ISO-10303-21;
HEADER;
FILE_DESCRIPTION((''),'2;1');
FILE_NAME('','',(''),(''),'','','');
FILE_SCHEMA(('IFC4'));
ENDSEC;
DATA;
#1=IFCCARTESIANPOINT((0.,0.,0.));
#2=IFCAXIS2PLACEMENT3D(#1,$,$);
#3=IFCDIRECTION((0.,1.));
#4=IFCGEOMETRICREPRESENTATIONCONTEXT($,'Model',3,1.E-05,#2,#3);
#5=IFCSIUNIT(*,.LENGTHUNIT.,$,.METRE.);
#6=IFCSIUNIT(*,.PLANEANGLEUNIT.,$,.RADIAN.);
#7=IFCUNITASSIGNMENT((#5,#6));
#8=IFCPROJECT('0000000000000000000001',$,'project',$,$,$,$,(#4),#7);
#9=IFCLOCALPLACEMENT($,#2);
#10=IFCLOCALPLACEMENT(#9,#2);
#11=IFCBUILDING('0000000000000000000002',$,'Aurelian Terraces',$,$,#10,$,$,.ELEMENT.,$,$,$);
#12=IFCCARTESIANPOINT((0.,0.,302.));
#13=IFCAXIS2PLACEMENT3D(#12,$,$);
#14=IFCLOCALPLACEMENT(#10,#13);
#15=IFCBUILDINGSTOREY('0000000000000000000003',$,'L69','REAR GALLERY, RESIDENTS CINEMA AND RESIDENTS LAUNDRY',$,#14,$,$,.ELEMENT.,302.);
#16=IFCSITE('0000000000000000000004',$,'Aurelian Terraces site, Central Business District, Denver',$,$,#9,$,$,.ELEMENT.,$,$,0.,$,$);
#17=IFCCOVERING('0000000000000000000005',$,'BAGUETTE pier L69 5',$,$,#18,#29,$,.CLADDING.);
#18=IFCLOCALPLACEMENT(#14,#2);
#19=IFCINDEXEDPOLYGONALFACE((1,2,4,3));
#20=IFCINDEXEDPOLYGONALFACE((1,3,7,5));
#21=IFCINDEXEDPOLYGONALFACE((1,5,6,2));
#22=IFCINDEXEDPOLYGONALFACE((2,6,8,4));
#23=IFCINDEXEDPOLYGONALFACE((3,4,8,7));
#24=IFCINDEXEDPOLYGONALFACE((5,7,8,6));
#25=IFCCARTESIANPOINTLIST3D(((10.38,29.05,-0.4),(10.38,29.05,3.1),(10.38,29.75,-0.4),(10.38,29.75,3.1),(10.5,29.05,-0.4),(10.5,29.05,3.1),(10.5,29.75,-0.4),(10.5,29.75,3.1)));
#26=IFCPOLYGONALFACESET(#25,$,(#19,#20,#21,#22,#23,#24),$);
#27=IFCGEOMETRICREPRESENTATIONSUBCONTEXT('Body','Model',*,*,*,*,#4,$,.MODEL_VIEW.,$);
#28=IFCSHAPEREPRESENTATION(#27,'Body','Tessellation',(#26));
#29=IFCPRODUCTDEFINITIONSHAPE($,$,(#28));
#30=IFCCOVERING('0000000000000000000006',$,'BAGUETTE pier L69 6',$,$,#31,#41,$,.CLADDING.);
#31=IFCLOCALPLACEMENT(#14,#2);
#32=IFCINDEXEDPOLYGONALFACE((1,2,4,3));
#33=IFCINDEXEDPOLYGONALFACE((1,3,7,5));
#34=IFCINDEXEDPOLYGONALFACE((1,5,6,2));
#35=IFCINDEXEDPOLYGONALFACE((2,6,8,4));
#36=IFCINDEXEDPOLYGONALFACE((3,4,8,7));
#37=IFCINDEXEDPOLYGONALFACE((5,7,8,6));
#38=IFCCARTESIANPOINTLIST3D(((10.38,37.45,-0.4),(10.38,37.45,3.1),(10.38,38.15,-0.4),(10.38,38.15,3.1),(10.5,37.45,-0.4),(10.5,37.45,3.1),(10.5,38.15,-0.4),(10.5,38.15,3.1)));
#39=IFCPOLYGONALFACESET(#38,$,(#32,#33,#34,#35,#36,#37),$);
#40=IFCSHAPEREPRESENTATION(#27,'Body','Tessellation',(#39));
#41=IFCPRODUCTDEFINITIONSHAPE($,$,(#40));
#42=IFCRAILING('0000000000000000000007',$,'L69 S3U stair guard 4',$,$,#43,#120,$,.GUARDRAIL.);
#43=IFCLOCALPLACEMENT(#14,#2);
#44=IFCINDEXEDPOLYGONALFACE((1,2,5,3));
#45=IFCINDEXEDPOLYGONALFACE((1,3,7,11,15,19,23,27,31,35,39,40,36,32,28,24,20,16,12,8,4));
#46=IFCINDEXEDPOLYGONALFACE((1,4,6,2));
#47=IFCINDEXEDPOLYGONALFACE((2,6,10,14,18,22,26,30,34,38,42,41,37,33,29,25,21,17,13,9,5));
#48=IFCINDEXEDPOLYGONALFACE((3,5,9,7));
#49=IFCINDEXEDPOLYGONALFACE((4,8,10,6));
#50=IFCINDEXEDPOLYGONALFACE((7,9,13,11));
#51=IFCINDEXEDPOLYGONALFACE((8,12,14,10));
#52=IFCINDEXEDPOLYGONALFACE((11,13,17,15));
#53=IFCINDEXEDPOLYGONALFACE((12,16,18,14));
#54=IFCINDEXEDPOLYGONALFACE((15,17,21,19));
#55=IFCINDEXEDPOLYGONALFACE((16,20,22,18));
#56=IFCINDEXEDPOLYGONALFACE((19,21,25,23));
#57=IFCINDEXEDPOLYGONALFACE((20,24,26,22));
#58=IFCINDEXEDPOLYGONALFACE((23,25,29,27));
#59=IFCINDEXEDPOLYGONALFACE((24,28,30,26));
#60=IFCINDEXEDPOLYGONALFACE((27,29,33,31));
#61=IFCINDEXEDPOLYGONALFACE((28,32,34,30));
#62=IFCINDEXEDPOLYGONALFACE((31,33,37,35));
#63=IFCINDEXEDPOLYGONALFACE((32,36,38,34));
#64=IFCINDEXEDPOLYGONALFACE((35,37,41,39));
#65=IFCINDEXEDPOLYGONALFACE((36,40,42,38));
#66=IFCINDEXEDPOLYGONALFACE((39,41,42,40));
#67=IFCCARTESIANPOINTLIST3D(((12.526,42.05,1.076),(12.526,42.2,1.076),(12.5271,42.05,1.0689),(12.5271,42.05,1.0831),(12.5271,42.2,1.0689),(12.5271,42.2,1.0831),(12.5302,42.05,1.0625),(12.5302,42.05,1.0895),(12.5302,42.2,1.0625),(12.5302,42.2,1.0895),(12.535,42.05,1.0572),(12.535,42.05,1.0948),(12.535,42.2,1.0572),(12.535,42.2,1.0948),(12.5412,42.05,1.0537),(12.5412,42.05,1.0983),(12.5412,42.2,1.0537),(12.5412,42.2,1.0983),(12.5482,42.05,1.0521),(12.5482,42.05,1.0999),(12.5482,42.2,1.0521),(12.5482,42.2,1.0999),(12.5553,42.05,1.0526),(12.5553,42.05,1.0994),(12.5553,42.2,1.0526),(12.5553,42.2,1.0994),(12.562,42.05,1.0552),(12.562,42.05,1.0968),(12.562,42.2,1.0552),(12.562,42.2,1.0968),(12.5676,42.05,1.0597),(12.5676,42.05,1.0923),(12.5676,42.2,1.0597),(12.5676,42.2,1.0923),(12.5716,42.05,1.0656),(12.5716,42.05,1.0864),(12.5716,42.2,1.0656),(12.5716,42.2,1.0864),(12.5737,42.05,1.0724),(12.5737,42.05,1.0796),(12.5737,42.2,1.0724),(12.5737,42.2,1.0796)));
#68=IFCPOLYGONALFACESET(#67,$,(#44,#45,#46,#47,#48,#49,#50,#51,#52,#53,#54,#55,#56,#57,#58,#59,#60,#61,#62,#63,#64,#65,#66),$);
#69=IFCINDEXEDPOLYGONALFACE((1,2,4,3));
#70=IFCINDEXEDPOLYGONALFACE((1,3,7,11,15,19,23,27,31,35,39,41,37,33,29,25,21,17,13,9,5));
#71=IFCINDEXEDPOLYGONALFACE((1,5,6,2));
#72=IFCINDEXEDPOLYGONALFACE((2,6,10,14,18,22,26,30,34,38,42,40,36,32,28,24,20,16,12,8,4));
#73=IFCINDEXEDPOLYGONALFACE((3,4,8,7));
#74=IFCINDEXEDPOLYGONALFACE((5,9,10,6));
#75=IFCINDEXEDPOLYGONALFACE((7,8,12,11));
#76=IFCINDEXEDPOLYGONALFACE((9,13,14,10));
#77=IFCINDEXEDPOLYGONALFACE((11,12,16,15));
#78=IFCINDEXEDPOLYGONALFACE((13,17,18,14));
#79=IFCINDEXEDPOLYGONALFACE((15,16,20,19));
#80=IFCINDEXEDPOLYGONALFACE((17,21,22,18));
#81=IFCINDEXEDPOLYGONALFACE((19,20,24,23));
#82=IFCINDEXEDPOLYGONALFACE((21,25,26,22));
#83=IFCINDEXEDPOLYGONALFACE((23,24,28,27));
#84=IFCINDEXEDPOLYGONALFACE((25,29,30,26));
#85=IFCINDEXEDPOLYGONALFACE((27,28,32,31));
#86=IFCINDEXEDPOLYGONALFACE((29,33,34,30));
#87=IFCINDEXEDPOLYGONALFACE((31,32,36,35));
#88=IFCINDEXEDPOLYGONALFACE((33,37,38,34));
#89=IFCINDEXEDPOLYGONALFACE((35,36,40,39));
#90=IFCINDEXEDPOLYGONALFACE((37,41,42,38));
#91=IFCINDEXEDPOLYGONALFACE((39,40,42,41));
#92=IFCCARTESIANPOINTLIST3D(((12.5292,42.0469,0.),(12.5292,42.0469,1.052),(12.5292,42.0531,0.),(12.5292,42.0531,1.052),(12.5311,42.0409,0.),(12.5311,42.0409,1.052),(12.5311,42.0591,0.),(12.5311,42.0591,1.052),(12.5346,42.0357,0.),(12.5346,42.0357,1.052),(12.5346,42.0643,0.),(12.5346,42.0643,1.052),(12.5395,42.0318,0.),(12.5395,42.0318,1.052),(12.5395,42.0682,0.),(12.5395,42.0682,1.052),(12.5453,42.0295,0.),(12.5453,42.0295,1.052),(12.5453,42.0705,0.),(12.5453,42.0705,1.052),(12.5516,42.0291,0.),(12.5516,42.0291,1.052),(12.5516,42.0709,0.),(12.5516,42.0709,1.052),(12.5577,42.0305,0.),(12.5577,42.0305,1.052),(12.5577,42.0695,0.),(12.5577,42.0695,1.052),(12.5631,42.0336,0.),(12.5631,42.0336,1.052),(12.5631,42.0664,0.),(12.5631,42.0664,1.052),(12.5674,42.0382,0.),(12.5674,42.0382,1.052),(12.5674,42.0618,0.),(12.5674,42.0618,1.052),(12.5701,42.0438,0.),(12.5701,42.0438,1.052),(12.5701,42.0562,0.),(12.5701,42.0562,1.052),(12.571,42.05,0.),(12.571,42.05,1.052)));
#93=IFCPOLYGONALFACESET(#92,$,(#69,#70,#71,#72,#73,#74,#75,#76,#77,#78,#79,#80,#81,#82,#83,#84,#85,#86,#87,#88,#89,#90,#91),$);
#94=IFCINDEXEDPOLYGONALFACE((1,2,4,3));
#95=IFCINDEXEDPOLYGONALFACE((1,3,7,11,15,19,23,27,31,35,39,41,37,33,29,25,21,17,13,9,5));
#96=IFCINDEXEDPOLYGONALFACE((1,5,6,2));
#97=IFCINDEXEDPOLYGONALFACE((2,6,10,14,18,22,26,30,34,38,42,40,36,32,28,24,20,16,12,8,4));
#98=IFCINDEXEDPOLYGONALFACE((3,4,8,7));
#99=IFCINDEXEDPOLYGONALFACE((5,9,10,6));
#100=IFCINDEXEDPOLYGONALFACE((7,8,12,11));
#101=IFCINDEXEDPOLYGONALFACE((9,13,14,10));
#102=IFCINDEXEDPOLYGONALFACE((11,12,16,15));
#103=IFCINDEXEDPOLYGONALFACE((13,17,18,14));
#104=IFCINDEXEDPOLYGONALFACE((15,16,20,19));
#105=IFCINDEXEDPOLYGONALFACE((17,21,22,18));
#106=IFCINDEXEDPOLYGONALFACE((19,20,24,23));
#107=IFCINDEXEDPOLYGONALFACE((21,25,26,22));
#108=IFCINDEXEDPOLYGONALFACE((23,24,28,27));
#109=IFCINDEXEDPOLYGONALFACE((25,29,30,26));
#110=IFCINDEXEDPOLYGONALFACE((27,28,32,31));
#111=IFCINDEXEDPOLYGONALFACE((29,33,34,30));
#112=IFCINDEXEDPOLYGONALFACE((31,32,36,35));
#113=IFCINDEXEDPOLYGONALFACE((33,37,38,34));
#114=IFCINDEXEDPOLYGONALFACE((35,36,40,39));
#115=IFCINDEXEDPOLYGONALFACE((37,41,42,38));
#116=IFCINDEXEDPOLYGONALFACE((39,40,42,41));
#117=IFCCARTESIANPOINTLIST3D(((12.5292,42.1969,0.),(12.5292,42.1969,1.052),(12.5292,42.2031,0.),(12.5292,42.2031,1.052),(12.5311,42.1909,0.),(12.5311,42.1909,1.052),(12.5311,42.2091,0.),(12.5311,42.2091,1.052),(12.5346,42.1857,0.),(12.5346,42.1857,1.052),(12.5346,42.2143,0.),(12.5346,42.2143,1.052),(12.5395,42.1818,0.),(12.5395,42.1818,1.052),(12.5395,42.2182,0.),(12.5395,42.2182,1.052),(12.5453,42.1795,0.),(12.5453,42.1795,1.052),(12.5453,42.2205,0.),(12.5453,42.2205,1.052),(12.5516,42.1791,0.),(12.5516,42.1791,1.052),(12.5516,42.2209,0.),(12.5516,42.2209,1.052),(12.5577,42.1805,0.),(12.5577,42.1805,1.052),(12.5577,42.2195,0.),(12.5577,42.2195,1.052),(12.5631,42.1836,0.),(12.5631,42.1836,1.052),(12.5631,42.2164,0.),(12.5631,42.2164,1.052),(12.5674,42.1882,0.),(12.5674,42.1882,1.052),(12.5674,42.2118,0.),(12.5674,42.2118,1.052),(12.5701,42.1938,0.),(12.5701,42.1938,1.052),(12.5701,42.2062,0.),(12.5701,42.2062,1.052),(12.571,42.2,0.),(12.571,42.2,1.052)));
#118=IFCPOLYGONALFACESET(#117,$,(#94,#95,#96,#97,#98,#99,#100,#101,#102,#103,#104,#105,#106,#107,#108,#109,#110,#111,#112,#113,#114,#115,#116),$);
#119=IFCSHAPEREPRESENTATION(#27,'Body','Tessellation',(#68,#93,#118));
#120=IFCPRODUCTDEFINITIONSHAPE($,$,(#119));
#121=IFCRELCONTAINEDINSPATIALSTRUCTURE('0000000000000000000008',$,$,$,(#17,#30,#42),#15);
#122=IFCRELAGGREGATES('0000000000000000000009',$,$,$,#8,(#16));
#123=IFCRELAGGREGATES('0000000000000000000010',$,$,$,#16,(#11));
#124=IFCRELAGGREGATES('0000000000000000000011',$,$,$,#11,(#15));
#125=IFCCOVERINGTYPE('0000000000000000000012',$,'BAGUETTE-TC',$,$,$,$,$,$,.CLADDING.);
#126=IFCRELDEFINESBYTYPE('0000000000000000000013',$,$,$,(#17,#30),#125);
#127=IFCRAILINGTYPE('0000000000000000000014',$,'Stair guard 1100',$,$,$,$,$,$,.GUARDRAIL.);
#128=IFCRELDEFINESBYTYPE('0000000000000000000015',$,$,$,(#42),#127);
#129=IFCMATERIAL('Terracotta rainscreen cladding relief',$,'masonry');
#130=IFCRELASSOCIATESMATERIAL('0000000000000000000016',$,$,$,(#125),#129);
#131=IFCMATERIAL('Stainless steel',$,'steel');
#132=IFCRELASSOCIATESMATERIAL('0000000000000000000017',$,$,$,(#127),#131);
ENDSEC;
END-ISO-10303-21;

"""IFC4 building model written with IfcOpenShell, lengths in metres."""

from ifc_helpers import new_model, si_unit, direction, frame, origin, origin_2d, place, context, subcontext, project, spatial, rectangle, circle, extrude, source, transform, mapped, material, type_object, element, save


model = new_model("IFC4")

# Units and contexts
model_context = context("Model", 3, precision=1e-05, world=origin(), true_north=direction((0.0, 1.0)))
body_context = subcontext(model_context, "Body", "Model", "MODEL_VIEW")
ifc_project = project(units=[si_unit("LENGTHUNIT", "METRE"), si_unit("PLANEANGLEUNIT", "RADIAN")], contexts=[model_context])

# Site, building, storey
site_placement = place(None, origin())
site = spatial("IfcSite", under=ifc_project, at=site_placement, Name="Aurelian Terraces site, Central Business District, Denver", CompositionType="ELEMENT", RefElevation=0.0)
building_placement = place(site_placement, origin())
building = spatial("IfcBuilding", under=site, at=building_placement, Name="Aurelian Terraces", CompositionType="ELEMENT")
storey_placement = place(building_placement, frame((0.0, 0.0, 302.0)))
storey = spatial("IfcBuildingStorey", under=building, at=storey_placement, Name="L69", Description="REAR GALLERY, RESIDENTS CINEMA AND RESIDENTS LAUNDRY", CompositionType="ELEMENT", Elevation=302.0)

# Coverings
ifc_material_1 = material(Name="Terracotta rainscreen cladding relief", Category="masonry")
covering_type_1 = type_object("IfcCoveringType", Name="BAGUETTE-TC", PredefinedType="CLADDING", material=ifc_material_1)
shared_shape_1 = source(origin(), body_context, "Body", "SweptSolid", [
    extrude(rectangle(XDim=0.12, YDim=0.7, at=origin_2d()), origin(), (0.0, 0.0, 1.0), 3.5),
])
for number, where, z_axis, x_axis, name in (
    (1, (10.44, 29.4, -0.4), (0.0, 0.0, 1.0), (1.0, 0.0, 0.0), "BAGUETTE pier L69 5"),
    (2, (10.44, 37.8, -0.4), (0.0, 0.0, 1.0), (1.0, 0.0, 0.0), "BAGUETTE pier L69 6"),
):
    element("IfcCovering", number, at=place(storey_placement, frame(where, z_axis=z_axis, x_axis=x_axis)), inside=storey, type_object=covering_type_1, Name=name, PredefinedType="CLADDING", context=body_context, shape_type="MappedRepresentation", body=[
        mapped(shared_shape_1, transform((0.0, 0.0, 0.0), scale=1.0)),
    ])

# Railing
ifc_material_2 = material(Name="Stainless steel", Category="steel")
railing_type_1 = type_object("IfcRailingType", Name="Stair guard 1100", PredefinedType="GUARDRAIL", material=ifc_material_2)
shared_shape_2 = source(origin(), body_context, "Body", "SweptSolid", [
    extrude(circle(Radius=0.024, at=origin_2d()), frame((0.0, 0.0, 1.076), z_axis=(0.0, 1.0, 0.0), x_axis=(-1.0, 0.0, 0.0)), (0.0, 0.0, 1.0), 0.15),
    extrude(circle(Radius=0.021, at=origin_2d()), origin(), (0.0, 0.0, 1.0), 1.052),
    extrude(circle(Radius=0.021, at=origin_2d()), frame((0.0, 0.15, 0.0)), (0.0, 0.0, 1.0), 1.052),
])
railing_1_placement = place(storey_placement, frame((12.55, 42.05, 0.0)))
element("IfcRailing", 3, at=railing_1_placement, inside=storey, type_object=railing_type_1, Name="L69 S3U stair guard 4", PredefinedType="GUARDRAIL", context=body_context, shape_type="MappedRepresentation", body=[
    mapped(shared_shape_2, transform((0.0, 0.0, 0.0), scale=1.0)),
])

save(model, "model.ifc")
